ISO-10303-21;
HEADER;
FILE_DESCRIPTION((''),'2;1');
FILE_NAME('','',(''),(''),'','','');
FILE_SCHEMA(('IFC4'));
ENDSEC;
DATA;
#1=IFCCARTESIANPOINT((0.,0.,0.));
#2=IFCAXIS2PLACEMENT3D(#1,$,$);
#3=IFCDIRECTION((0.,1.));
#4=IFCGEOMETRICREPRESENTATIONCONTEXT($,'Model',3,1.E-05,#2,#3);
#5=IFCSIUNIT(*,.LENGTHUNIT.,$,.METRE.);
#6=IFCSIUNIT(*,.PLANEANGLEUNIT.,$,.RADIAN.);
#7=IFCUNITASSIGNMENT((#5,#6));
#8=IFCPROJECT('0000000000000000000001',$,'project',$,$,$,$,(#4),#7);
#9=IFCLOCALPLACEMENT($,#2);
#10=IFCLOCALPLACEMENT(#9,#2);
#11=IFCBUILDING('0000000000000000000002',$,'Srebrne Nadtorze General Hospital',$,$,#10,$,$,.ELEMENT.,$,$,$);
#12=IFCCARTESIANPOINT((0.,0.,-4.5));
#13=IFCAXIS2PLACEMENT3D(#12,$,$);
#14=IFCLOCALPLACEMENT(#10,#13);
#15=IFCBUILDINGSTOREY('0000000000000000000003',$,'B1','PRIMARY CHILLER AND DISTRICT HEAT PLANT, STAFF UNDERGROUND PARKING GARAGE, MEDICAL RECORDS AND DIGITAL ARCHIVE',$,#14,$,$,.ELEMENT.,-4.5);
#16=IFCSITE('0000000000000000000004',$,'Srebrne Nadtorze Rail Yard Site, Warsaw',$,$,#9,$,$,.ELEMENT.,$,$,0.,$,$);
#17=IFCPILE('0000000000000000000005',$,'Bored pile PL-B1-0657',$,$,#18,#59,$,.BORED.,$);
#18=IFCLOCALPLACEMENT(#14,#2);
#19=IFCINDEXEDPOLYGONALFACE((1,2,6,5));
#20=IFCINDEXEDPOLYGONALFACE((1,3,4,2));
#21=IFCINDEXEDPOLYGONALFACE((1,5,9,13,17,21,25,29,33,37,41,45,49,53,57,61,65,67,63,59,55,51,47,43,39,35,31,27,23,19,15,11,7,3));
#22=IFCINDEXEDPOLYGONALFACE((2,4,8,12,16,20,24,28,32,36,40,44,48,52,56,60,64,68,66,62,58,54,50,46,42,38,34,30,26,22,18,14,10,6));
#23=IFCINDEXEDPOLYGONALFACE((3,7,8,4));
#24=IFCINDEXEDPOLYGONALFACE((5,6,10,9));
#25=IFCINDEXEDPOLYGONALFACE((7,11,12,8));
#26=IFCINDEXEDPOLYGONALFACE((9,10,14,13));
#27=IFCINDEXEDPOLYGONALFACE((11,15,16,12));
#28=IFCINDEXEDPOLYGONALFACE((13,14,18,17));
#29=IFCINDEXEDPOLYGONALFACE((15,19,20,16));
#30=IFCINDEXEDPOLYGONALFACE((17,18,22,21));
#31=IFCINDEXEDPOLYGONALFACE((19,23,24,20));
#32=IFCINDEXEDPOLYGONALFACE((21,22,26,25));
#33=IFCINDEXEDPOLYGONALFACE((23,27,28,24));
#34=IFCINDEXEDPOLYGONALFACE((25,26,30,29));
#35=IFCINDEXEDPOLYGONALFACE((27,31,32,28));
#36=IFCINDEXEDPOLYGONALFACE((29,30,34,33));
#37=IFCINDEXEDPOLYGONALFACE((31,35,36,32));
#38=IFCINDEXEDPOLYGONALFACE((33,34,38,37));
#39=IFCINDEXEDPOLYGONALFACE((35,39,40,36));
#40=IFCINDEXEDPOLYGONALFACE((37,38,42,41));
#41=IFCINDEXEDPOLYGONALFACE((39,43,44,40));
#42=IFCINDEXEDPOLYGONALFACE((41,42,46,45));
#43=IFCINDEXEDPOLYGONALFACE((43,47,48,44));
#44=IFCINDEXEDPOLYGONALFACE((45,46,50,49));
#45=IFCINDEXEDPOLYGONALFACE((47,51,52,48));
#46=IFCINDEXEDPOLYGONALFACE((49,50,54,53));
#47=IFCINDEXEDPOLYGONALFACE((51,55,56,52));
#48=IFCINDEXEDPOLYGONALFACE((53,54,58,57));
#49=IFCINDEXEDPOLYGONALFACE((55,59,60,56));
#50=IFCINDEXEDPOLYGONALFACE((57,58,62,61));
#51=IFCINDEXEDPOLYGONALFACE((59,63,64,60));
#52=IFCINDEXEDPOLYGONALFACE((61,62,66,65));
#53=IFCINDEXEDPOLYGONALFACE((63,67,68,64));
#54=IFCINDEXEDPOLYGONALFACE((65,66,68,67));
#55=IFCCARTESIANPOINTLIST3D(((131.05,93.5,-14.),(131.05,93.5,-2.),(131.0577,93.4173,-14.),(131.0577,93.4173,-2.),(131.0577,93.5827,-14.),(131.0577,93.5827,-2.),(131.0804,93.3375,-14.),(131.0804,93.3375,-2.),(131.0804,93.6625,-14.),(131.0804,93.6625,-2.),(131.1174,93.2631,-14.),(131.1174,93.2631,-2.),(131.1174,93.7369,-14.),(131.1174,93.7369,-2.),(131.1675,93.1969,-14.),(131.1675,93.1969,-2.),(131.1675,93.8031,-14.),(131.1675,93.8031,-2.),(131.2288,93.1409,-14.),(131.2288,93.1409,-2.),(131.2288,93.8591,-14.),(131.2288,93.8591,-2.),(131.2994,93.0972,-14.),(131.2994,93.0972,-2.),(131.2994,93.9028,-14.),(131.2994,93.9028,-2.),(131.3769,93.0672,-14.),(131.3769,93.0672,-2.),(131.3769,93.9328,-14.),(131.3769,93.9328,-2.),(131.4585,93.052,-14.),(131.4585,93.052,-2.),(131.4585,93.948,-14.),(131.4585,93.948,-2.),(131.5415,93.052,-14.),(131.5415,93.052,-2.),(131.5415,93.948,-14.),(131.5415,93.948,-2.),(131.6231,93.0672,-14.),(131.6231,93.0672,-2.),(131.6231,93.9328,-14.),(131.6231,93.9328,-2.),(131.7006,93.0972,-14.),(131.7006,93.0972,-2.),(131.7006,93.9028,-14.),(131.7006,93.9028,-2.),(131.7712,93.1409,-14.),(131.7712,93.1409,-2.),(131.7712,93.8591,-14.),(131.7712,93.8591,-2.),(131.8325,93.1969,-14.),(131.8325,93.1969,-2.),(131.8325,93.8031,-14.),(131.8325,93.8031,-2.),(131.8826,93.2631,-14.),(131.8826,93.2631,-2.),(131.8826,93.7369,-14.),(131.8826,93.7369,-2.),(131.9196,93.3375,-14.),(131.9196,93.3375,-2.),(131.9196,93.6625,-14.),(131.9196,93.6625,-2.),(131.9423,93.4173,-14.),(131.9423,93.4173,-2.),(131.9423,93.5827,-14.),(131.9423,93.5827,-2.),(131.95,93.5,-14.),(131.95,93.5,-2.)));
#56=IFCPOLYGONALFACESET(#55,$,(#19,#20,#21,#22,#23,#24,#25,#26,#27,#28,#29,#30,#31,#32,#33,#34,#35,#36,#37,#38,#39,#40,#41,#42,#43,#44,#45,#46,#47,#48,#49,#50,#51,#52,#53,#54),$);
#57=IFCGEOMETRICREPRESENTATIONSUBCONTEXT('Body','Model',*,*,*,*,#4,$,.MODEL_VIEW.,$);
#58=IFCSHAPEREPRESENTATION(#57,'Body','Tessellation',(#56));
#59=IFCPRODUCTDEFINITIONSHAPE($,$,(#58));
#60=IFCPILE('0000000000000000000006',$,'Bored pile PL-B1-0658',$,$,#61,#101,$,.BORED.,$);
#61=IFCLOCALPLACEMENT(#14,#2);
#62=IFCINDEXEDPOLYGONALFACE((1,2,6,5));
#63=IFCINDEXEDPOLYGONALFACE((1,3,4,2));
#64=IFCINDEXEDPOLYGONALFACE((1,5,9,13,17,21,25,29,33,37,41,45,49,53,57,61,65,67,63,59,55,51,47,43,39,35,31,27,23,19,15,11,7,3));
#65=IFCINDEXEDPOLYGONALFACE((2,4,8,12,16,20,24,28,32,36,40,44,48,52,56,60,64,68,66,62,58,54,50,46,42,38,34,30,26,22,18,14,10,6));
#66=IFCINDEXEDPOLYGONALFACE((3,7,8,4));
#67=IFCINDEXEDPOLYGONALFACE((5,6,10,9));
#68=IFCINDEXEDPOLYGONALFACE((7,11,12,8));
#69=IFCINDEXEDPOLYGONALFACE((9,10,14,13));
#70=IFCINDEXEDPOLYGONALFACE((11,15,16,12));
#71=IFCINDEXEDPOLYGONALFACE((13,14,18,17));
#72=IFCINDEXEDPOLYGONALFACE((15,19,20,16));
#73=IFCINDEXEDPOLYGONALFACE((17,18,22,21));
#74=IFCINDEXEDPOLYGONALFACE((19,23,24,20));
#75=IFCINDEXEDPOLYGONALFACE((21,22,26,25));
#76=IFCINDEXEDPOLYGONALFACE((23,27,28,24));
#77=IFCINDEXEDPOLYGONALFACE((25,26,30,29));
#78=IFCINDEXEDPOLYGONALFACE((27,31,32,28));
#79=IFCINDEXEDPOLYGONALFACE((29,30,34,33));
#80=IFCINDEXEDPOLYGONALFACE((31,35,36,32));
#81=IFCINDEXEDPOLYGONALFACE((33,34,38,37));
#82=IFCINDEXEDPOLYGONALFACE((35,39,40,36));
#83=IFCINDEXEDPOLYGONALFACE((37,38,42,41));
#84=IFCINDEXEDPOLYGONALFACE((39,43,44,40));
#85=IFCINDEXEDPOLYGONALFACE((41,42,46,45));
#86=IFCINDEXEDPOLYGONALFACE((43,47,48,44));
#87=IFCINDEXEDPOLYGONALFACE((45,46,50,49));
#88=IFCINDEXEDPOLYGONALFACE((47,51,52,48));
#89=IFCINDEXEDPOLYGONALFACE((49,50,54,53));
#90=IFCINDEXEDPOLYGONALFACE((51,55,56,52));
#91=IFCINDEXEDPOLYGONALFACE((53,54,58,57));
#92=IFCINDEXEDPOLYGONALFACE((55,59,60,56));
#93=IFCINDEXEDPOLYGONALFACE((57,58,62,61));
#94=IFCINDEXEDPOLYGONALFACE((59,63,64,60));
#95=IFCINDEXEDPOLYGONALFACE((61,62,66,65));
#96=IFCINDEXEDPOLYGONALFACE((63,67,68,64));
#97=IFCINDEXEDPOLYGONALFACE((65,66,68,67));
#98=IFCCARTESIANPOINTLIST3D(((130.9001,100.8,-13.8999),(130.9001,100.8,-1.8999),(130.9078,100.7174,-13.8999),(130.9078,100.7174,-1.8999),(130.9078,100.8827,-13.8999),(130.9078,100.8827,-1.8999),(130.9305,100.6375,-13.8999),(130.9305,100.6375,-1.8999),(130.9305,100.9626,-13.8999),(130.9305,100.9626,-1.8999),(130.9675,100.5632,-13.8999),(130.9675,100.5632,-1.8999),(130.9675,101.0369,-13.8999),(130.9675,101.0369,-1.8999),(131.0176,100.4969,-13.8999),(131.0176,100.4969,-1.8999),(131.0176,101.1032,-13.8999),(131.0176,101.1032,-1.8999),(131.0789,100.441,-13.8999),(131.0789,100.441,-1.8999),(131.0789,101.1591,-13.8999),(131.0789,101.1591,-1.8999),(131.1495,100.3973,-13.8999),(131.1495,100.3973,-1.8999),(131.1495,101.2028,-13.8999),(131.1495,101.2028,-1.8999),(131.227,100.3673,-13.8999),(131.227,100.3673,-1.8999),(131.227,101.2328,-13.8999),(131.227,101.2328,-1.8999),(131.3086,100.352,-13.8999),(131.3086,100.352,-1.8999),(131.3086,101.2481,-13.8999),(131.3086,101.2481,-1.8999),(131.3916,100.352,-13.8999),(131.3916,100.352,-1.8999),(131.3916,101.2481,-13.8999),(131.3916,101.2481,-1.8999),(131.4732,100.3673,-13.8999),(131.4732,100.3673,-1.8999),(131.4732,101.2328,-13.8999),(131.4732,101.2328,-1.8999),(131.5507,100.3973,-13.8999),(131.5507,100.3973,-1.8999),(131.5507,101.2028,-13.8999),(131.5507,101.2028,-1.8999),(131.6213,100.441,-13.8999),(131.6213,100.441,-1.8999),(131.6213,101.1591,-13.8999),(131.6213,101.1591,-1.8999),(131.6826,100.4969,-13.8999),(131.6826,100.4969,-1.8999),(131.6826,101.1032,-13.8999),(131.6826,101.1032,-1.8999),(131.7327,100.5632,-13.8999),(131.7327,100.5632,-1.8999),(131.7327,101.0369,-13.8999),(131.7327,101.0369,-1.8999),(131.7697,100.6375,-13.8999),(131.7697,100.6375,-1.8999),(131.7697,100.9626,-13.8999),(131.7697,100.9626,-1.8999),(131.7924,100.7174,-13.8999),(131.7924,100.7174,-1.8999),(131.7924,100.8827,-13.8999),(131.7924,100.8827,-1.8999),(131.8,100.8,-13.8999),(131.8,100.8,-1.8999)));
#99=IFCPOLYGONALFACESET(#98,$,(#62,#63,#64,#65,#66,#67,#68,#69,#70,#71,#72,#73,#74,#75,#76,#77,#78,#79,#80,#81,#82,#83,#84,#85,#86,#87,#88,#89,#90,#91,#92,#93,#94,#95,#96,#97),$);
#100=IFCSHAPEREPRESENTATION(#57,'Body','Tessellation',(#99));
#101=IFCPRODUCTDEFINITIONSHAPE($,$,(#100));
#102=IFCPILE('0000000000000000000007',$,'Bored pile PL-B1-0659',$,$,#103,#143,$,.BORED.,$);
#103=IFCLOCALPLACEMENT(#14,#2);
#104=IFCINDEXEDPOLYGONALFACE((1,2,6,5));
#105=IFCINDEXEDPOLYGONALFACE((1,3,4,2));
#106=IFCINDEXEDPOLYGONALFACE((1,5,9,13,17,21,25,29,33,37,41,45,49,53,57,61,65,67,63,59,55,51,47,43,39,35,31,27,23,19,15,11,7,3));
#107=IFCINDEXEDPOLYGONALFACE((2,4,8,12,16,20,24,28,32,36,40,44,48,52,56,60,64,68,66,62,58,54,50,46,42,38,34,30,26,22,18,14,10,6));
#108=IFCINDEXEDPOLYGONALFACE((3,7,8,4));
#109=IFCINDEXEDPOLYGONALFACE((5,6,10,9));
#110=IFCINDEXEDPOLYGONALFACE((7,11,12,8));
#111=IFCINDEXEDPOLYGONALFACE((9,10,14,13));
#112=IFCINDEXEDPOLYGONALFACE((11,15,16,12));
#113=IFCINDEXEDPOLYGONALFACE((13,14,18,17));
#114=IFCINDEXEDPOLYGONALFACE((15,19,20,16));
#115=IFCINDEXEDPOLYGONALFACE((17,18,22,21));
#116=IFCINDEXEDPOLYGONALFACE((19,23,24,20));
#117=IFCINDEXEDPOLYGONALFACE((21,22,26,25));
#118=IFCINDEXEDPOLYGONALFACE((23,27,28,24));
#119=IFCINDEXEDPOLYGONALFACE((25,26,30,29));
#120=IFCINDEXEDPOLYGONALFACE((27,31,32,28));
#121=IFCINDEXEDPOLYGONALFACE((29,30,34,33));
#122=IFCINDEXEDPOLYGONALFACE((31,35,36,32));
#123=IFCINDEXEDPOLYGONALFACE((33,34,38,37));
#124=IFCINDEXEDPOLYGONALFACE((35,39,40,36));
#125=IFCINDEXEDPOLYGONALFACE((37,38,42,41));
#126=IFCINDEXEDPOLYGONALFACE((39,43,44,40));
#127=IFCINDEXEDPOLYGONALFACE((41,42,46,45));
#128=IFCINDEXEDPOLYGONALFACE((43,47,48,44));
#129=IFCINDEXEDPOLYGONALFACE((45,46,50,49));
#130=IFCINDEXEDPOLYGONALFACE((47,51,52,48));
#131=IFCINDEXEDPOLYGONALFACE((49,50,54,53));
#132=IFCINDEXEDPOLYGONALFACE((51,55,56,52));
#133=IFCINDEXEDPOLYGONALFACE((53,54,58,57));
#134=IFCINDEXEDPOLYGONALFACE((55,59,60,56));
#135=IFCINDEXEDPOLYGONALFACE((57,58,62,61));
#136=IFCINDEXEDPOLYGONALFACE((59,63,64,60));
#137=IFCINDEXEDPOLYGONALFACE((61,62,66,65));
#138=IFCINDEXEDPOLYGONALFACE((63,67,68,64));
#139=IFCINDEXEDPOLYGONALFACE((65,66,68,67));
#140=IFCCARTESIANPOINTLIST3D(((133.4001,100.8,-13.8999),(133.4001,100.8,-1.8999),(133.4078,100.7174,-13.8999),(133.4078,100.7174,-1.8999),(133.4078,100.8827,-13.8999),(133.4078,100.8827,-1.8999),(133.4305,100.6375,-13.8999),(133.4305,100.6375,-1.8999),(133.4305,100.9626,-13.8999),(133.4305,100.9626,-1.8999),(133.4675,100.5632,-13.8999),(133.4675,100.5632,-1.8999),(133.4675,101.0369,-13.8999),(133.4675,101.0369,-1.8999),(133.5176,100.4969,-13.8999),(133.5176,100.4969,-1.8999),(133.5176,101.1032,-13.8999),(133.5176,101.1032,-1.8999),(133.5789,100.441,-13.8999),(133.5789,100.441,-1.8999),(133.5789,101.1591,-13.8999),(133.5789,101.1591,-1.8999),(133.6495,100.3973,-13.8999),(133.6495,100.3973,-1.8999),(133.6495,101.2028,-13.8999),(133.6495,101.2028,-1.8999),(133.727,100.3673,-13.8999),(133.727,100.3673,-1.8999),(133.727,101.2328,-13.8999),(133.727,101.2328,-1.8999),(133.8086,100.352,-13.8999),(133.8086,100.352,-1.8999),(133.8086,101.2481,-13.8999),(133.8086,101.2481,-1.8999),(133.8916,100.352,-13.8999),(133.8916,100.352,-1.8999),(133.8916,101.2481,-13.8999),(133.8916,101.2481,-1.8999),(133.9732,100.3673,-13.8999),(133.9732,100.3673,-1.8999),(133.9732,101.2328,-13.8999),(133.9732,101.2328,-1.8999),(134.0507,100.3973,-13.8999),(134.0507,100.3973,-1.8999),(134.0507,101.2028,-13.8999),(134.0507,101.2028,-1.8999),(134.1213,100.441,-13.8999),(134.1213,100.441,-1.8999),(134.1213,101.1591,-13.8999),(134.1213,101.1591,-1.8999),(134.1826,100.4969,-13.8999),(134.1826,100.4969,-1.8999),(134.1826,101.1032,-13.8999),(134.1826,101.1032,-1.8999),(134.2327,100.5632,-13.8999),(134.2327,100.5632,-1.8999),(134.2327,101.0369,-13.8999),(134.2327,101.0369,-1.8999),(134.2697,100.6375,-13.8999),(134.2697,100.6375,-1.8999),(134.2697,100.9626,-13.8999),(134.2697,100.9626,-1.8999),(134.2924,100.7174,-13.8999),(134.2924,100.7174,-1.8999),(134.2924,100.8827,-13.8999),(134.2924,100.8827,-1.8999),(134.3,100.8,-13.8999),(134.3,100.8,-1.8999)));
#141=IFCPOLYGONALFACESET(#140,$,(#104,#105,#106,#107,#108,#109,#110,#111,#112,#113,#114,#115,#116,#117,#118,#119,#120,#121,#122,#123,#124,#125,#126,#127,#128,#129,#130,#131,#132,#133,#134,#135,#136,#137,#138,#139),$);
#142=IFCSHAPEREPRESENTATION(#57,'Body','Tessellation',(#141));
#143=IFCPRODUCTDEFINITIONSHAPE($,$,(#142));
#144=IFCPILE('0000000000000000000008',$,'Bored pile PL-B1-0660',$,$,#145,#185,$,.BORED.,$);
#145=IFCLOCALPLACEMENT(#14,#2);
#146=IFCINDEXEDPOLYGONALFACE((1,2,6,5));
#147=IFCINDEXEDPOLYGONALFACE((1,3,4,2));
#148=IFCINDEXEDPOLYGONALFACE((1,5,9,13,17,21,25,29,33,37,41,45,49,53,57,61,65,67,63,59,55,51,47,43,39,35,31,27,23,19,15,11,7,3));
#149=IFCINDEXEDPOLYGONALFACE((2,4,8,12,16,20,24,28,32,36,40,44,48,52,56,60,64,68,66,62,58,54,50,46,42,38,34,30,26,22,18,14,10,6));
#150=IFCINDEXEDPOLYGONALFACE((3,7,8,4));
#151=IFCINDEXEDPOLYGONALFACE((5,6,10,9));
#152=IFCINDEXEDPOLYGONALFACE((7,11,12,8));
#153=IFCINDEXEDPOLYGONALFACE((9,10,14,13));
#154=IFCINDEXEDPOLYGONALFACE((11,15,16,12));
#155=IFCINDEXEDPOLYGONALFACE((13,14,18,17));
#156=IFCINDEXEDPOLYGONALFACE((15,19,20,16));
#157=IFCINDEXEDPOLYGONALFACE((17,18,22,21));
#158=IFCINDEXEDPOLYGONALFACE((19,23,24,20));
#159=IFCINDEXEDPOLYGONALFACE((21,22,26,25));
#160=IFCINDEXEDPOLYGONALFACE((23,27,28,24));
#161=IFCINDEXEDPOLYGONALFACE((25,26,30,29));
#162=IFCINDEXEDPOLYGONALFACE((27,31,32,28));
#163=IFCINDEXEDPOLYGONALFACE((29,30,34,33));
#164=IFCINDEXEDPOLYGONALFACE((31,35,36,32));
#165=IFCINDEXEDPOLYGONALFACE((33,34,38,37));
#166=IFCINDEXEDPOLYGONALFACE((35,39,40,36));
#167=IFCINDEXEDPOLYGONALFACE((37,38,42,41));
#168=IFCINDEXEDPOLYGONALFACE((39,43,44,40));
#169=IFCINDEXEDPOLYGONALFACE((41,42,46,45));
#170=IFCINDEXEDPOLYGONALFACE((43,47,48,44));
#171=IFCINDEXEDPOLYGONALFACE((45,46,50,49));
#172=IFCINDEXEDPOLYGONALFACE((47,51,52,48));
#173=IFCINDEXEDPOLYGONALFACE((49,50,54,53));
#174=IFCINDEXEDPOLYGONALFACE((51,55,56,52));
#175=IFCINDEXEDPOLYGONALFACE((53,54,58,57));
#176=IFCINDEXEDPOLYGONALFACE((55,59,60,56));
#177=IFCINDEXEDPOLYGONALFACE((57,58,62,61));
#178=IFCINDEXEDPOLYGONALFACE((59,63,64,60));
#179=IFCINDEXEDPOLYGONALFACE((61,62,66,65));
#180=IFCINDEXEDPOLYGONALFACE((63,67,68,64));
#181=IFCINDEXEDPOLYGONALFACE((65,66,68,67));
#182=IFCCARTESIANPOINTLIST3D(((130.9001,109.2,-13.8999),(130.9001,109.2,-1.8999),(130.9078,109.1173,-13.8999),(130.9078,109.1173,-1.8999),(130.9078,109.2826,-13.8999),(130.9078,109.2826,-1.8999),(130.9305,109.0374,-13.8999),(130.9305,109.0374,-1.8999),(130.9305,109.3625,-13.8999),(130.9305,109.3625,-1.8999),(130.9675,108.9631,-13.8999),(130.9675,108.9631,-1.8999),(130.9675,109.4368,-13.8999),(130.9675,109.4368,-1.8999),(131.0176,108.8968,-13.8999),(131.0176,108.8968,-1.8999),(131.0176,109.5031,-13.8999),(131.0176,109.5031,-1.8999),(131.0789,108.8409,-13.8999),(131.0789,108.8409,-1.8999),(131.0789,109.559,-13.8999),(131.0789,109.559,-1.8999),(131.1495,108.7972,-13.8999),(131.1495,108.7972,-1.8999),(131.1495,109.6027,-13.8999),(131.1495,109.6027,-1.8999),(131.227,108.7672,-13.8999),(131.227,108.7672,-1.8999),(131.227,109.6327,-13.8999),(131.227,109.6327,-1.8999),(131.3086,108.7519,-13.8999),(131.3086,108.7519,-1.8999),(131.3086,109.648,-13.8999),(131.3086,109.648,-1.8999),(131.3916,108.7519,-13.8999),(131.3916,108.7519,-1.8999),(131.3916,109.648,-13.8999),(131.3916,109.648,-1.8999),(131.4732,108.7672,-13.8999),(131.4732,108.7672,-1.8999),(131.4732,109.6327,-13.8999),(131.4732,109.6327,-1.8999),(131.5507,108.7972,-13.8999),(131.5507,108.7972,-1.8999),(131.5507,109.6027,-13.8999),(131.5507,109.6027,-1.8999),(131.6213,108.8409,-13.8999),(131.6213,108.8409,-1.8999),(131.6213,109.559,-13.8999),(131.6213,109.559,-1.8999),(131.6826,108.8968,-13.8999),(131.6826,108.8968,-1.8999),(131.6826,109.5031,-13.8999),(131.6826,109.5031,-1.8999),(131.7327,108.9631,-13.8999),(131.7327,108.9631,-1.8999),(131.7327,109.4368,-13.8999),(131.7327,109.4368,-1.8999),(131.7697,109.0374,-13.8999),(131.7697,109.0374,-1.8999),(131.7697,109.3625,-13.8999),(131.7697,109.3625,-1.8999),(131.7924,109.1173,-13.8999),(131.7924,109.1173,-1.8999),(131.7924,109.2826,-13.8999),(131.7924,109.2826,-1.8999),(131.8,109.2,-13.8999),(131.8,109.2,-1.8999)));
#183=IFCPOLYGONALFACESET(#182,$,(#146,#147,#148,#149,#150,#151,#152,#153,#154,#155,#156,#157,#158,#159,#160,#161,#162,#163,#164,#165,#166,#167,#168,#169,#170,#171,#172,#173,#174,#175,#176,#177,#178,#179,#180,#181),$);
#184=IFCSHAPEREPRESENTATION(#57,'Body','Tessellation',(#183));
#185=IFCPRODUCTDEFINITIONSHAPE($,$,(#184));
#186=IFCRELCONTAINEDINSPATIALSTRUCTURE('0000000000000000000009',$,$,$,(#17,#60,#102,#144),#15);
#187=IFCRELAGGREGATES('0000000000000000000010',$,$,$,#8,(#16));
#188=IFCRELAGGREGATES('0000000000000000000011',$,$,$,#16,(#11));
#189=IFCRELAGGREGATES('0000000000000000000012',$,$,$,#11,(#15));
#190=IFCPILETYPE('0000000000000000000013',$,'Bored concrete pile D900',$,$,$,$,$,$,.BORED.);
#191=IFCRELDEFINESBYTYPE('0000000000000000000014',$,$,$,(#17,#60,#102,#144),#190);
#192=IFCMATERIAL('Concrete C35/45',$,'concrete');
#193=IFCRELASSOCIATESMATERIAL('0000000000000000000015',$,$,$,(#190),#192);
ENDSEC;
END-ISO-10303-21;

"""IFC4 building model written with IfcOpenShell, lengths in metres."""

from ifc_helpers import new_model, si_unit, direction, frame, origin, origin_2d, place, context, subcontext, project, spatial, circle, extrude, material, material_profile, profile_set, type_object, element, save


model = new_model("IFC4")

# Units and contexts
model_context = context("Model", 3, precision=1e-05, world=origin(), true_north=direction((0.0, 1.0)))
body_context = subcontext(model_context, "Body", "Model", "MODEL_VIEW")
ifc_project = project(units=[si_unit("LENGTHUNIT", "METRE"), si_unit("PLANEANGLEUNIT", "RADIAN")], contexts=[model_context])

# Site, building, storey
site_placement = place(None, origin())
site = spatial("IfcSite", under=ifc_project, at=site_placement, Name="Srebrne Nadtorze Rail Yard Site, Warsaw", CompositionType="ELEMENT", RefElevation=0.0)
building_placement = place(site_placement, origin())
building = spatial("IfcBuilding", under=site, at=building_placement, Name="Srebrne Nadtorze General Hospital", CompositionType="ELEMENT")
storey_placement = place(building_placement, frame((0.0, 0.0, -4.5)))
storey = spatial("IfcBuildingStorey", under=building, at=storey_placement, Name="B1", Description="PRIMARY CHILLER AND DISTRICT HEAT PLANT, STAFF UNDERGROUND PARKING GARAGE, MEDICAL RECORDS AND DIGITAL ARCHIVE", CompositionType="ELEMENT", Elevation=-4.5)

# Piles
ifc_material_1 = material(Name="Concrete C35/45", Category="concrete")
ifc_material_profile_1 = material_profile(ifc_material_1, circle(Radius=0.45, at=origin_2d()), Name="PILE-D900")
ifc_profile_set_1 = profile_set([ifc_material_profile_1], Name="Concrete C35/45")
pile_type_1 = type_object("IfcPileType", Name="Bored concrete pile D900", PredefinedType="BORED", material=ifc_profile_set_1)
for number, where, z_axis, x_axis, name in (
    (1, (131.5, 93.5, -2.0), (0.0, 0.0, -1.0), (1.0, 0.0, 0.0), "Bored pile PL-B1-0657"),
    (2, (131.3501, 100.8, -1.8999), (0.0, 0.0, -1.0), (1.0, 0.0, 0.0), "Bored pile PL-B1-0658"),
    (3, (133.8501, 100.8, -1.8999), (0.0, 0.0, -1.0), (1.0, 0.0, 0.0), "Bored pile PL-B1-0659"),
    (4, (131.3501, 109.2, -1.8999), (0.0, 0.0, -1.0), (1.0, 0.0, 0.0), "Bored pile PL-B1-0660"),
):
    element("IfcPile", number, at=place(storey_placement, frame(where, z_axis=z_axis, x_axis=x_axis)), inside=storey, type_object=pile_type_1, Name=name, PredefinedType="BORED", context=body_context, shape_type="SweptSolid", body=[
        extrude(circle(Radius=0.45, at=origin_2d()), origin(), (0.0, 0.0, 1.0), 12.0),
    ])

save(model, "model.ifc")
